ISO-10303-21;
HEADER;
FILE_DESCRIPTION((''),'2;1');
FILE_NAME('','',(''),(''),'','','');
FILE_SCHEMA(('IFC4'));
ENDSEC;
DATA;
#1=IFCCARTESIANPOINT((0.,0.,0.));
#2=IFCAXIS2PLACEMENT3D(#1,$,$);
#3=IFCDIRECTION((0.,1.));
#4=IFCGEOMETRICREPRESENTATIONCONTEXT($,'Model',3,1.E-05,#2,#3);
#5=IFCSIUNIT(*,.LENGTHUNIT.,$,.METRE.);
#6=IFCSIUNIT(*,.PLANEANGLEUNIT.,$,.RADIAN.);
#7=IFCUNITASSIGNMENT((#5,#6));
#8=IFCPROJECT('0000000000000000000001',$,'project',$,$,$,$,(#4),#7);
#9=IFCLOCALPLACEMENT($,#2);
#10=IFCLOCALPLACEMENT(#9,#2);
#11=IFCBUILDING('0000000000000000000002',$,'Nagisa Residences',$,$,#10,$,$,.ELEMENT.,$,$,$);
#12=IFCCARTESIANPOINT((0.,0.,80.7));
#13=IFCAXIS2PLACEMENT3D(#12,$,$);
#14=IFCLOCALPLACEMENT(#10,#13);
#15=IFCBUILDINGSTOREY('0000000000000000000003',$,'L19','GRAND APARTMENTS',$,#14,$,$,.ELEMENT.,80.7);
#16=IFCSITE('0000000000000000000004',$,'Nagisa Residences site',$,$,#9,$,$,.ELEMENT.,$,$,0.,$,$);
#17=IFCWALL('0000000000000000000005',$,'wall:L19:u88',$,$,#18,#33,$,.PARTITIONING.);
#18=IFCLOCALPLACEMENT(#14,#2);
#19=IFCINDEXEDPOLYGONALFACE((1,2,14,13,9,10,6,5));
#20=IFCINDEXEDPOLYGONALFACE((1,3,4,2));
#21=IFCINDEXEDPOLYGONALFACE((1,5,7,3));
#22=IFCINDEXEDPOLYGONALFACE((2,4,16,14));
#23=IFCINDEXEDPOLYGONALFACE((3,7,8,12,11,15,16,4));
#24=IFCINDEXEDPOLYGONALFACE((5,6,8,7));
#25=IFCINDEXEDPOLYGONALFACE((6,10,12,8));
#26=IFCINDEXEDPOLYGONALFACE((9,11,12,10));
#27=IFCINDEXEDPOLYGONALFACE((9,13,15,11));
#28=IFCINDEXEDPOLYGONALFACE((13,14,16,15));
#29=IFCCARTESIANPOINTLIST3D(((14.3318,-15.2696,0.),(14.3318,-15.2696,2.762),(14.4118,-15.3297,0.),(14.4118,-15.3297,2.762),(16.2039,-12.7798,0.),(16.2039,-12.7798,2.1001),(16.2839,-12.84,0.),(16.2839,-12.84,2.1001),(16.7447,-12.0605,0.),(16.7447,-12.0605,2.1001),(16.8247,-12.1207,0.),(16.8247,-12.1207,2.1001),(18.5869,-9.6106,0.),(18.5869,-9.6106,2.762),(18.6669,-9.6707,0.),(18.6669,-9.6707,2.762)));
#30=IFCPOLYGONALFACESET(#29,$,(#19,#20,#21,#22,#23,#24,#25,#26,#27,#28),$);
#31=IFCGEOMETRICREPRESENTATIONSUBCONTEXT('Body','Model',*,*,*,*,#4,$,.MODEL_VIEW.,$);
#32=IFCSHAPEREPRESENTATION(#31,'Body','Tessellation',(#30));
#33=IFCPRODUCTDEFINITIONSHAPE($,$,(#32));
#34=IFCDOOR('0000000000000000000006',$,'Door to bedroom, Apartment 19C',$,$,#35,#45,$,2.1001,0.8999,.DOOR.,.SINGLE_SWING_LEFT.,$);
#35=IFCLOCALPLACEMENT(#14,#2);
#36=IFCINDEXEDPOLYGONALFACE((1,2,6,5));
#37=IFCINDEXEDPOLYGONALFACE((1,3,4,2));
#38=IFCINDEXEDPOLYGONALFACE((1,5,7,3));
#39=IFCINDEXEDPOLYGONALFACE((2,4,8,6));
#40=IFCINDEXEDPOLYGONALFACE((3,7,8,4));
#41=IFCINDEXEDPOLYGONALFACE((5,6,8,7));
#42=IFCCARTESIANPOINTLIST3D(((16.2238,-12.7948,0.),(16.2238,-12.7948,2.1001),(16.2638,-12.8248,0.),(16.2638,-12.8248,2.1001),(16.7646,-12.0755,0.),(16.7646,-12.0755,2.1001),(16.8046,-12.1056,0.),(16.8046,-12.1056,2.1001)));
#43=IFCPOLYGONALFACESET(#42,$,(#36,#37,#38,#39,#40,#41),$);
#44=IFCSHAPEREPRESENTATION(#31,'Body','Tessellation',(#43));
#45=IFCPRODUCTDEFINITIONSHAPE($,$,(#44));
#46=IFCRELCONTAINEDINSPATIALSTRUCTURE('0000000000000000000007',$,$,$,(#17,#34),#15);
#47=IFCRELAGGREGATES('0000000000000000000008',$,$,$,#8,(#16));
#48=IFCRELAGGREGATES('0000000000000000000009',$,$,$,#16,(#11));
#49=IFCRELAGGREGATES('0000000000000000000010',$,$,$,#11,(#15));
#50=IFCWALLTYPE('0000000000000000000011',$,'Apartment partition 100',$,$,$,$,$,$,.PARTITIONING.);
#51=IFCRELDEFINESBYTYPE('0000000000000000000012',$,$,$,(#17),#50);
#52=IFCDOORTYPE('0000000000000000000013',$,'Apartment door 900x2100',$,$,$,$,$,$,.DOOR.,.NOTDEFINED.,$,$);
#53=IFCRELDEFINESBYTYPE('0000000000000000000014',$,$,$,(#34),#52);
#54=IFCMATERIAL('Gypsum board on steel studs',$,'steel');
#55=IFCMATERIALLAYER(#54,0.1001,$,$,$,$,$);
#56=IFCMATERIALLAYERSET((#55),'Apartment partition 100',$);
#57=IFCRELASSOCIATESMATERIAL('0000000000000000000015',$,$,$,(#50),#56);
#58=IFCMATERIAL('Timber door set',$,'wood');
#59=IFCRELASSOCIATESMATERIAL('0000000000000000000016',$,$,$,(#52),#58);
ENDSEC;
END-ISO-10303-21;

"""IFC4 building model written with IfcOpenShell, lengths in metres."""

from ifc_helpers import new_model, si_unit, direction, frame, frame_2d, origin, place, context, subcontext, project, spatial, rectangle, extrude, material, layer, layer_set, type_object, element, fill, save


model = new_model("IFC4")

# Units and contexts
model_context = context("Model", 3, precision=1e-05, world=origin(), true_north=direction((0.0, 1.0)))
body_context = subcontext(model_context, "Body", "Model", "MODEL_VIEW")
ifc_project = project(units=[si_unit("LENGTHUNIT", "METRE"), si_unit("PLANEANGLEUNIT", "RADIAN")], contexts=[model_context])

# Site, building, storey
site_placement = place(None, origin())
site = spatial("IfcSite", under=ifc_project, at=site_placement, Name="Nagisa Residences site", CompositionType="ELEMENT", RefElevation=0.0)
building_placement = place(site_placement, origin())
building = spatial("IfcBuilding", under=site, at=building_placement, Name="Nagisa Residences", CompositionType="ELEMENT")
storey_placement = place(building_placement, frame((0.0, 0.0, 80.7)))
storey = spatial("IfcBuildingStorey", under=building, at=storey_placement, Name="L19", Description="GRAND APARTMENTS", CompositionType="ELEMENT", Elevation=80.7)

# Shared definitions
ifc_material_1 = material(Name="Gypsum board on steel studs", Category="steel")
ifc_layer_1 = layer(ifc_material_1, 0.1001)
ifc_layer_set_1 = layer_set([ifc_layer_1], Name="Apartment partition 100")
wall_type_1 = type_object("IfcWallType", Name="Apartment partition 100", PredefinedType="PARTITIONING", material=ifc_layer_set_1)
ifc_material_2 = material(Name="Timber door set", Category="wood")
door_type_1 = type_object("IfcDoorType", Name="Apartment door 900x2100", OperationType="NOTDEFINED", PredefinedType="DOOR", material=ifc_material_2)

# Wall, opening, door
wall_1_placement = place(storey_placement, frame((14.3718, -15.2996, 0.0), z_axis=(0.0, 0.0, 1.0), x_axis=(0.600987, 0.799259, 0.0)))
wall_1 = element("IfcWall", 1, at=wall_1_placement, inside=storey, type_object=wall_type_1, Name="wall:L19:u88", PredefinedType="PARTITIONING", context=body_context, shape_type="SweptSolid", body=[
    extrude(rectangle(XDim=7.0803, YDim=0.1001, at=frame_2d((3.54, 0.0))), origin(), (0.0, 0.0, 1.0), 2.762),
])
opening_1_placement = place(wall_1_placement, frame((3.115, 0.0, 0.0)))
opening_1 = element("IfcOpeningElement", 2, at=opening_1_placement, cuts=wall_1, PredefinedType="OPENING", context=body_context, shape_type="SweptSolid", body=[
    extrude(rectangle(XDim=0.8999, YDim=2.1001, at=frame_2d((0.45, 1.05))), frame((0.0, 0.0601, 0.0), z_axis=(0.0, -1.0, 0.0), x_axis=(1.0, 0.0, 0.0)), (0.0, 0.0, 1.0), 0.1201),
])
door_1_placement = place(opening_1_placement, frame((0.8999, 0.0, 0.0), x_axis=(-1.0, 0.0, 0.0)))
door_1 = element("IfcDoor", 3, at=door_1_placement, inside=storey, type_object=door_type_1, Name="Door to bedroom, Apartment 19C", OperationType="SINGLE_SWING_LEFT", OverallHeight=2.1001, OverallWidth=0.8999, PredefinedType="DOOR", context=body_context, shape_type="SweptSolid", body=[
    extrude(rectangle(XDim=0.8999, YDim=2.1001, at=frame_2d((0.45, 1.05))), frame((0.0, 0.0249, 0.0), z_axis=(0.0, -1.0, 0.0), x_axis=(1.0, 0.0, 0.0)), (0.0, 0.0, 1.0), 0.05),
])
fill(opening_1, door_1)

save(model, "model.ifc")
